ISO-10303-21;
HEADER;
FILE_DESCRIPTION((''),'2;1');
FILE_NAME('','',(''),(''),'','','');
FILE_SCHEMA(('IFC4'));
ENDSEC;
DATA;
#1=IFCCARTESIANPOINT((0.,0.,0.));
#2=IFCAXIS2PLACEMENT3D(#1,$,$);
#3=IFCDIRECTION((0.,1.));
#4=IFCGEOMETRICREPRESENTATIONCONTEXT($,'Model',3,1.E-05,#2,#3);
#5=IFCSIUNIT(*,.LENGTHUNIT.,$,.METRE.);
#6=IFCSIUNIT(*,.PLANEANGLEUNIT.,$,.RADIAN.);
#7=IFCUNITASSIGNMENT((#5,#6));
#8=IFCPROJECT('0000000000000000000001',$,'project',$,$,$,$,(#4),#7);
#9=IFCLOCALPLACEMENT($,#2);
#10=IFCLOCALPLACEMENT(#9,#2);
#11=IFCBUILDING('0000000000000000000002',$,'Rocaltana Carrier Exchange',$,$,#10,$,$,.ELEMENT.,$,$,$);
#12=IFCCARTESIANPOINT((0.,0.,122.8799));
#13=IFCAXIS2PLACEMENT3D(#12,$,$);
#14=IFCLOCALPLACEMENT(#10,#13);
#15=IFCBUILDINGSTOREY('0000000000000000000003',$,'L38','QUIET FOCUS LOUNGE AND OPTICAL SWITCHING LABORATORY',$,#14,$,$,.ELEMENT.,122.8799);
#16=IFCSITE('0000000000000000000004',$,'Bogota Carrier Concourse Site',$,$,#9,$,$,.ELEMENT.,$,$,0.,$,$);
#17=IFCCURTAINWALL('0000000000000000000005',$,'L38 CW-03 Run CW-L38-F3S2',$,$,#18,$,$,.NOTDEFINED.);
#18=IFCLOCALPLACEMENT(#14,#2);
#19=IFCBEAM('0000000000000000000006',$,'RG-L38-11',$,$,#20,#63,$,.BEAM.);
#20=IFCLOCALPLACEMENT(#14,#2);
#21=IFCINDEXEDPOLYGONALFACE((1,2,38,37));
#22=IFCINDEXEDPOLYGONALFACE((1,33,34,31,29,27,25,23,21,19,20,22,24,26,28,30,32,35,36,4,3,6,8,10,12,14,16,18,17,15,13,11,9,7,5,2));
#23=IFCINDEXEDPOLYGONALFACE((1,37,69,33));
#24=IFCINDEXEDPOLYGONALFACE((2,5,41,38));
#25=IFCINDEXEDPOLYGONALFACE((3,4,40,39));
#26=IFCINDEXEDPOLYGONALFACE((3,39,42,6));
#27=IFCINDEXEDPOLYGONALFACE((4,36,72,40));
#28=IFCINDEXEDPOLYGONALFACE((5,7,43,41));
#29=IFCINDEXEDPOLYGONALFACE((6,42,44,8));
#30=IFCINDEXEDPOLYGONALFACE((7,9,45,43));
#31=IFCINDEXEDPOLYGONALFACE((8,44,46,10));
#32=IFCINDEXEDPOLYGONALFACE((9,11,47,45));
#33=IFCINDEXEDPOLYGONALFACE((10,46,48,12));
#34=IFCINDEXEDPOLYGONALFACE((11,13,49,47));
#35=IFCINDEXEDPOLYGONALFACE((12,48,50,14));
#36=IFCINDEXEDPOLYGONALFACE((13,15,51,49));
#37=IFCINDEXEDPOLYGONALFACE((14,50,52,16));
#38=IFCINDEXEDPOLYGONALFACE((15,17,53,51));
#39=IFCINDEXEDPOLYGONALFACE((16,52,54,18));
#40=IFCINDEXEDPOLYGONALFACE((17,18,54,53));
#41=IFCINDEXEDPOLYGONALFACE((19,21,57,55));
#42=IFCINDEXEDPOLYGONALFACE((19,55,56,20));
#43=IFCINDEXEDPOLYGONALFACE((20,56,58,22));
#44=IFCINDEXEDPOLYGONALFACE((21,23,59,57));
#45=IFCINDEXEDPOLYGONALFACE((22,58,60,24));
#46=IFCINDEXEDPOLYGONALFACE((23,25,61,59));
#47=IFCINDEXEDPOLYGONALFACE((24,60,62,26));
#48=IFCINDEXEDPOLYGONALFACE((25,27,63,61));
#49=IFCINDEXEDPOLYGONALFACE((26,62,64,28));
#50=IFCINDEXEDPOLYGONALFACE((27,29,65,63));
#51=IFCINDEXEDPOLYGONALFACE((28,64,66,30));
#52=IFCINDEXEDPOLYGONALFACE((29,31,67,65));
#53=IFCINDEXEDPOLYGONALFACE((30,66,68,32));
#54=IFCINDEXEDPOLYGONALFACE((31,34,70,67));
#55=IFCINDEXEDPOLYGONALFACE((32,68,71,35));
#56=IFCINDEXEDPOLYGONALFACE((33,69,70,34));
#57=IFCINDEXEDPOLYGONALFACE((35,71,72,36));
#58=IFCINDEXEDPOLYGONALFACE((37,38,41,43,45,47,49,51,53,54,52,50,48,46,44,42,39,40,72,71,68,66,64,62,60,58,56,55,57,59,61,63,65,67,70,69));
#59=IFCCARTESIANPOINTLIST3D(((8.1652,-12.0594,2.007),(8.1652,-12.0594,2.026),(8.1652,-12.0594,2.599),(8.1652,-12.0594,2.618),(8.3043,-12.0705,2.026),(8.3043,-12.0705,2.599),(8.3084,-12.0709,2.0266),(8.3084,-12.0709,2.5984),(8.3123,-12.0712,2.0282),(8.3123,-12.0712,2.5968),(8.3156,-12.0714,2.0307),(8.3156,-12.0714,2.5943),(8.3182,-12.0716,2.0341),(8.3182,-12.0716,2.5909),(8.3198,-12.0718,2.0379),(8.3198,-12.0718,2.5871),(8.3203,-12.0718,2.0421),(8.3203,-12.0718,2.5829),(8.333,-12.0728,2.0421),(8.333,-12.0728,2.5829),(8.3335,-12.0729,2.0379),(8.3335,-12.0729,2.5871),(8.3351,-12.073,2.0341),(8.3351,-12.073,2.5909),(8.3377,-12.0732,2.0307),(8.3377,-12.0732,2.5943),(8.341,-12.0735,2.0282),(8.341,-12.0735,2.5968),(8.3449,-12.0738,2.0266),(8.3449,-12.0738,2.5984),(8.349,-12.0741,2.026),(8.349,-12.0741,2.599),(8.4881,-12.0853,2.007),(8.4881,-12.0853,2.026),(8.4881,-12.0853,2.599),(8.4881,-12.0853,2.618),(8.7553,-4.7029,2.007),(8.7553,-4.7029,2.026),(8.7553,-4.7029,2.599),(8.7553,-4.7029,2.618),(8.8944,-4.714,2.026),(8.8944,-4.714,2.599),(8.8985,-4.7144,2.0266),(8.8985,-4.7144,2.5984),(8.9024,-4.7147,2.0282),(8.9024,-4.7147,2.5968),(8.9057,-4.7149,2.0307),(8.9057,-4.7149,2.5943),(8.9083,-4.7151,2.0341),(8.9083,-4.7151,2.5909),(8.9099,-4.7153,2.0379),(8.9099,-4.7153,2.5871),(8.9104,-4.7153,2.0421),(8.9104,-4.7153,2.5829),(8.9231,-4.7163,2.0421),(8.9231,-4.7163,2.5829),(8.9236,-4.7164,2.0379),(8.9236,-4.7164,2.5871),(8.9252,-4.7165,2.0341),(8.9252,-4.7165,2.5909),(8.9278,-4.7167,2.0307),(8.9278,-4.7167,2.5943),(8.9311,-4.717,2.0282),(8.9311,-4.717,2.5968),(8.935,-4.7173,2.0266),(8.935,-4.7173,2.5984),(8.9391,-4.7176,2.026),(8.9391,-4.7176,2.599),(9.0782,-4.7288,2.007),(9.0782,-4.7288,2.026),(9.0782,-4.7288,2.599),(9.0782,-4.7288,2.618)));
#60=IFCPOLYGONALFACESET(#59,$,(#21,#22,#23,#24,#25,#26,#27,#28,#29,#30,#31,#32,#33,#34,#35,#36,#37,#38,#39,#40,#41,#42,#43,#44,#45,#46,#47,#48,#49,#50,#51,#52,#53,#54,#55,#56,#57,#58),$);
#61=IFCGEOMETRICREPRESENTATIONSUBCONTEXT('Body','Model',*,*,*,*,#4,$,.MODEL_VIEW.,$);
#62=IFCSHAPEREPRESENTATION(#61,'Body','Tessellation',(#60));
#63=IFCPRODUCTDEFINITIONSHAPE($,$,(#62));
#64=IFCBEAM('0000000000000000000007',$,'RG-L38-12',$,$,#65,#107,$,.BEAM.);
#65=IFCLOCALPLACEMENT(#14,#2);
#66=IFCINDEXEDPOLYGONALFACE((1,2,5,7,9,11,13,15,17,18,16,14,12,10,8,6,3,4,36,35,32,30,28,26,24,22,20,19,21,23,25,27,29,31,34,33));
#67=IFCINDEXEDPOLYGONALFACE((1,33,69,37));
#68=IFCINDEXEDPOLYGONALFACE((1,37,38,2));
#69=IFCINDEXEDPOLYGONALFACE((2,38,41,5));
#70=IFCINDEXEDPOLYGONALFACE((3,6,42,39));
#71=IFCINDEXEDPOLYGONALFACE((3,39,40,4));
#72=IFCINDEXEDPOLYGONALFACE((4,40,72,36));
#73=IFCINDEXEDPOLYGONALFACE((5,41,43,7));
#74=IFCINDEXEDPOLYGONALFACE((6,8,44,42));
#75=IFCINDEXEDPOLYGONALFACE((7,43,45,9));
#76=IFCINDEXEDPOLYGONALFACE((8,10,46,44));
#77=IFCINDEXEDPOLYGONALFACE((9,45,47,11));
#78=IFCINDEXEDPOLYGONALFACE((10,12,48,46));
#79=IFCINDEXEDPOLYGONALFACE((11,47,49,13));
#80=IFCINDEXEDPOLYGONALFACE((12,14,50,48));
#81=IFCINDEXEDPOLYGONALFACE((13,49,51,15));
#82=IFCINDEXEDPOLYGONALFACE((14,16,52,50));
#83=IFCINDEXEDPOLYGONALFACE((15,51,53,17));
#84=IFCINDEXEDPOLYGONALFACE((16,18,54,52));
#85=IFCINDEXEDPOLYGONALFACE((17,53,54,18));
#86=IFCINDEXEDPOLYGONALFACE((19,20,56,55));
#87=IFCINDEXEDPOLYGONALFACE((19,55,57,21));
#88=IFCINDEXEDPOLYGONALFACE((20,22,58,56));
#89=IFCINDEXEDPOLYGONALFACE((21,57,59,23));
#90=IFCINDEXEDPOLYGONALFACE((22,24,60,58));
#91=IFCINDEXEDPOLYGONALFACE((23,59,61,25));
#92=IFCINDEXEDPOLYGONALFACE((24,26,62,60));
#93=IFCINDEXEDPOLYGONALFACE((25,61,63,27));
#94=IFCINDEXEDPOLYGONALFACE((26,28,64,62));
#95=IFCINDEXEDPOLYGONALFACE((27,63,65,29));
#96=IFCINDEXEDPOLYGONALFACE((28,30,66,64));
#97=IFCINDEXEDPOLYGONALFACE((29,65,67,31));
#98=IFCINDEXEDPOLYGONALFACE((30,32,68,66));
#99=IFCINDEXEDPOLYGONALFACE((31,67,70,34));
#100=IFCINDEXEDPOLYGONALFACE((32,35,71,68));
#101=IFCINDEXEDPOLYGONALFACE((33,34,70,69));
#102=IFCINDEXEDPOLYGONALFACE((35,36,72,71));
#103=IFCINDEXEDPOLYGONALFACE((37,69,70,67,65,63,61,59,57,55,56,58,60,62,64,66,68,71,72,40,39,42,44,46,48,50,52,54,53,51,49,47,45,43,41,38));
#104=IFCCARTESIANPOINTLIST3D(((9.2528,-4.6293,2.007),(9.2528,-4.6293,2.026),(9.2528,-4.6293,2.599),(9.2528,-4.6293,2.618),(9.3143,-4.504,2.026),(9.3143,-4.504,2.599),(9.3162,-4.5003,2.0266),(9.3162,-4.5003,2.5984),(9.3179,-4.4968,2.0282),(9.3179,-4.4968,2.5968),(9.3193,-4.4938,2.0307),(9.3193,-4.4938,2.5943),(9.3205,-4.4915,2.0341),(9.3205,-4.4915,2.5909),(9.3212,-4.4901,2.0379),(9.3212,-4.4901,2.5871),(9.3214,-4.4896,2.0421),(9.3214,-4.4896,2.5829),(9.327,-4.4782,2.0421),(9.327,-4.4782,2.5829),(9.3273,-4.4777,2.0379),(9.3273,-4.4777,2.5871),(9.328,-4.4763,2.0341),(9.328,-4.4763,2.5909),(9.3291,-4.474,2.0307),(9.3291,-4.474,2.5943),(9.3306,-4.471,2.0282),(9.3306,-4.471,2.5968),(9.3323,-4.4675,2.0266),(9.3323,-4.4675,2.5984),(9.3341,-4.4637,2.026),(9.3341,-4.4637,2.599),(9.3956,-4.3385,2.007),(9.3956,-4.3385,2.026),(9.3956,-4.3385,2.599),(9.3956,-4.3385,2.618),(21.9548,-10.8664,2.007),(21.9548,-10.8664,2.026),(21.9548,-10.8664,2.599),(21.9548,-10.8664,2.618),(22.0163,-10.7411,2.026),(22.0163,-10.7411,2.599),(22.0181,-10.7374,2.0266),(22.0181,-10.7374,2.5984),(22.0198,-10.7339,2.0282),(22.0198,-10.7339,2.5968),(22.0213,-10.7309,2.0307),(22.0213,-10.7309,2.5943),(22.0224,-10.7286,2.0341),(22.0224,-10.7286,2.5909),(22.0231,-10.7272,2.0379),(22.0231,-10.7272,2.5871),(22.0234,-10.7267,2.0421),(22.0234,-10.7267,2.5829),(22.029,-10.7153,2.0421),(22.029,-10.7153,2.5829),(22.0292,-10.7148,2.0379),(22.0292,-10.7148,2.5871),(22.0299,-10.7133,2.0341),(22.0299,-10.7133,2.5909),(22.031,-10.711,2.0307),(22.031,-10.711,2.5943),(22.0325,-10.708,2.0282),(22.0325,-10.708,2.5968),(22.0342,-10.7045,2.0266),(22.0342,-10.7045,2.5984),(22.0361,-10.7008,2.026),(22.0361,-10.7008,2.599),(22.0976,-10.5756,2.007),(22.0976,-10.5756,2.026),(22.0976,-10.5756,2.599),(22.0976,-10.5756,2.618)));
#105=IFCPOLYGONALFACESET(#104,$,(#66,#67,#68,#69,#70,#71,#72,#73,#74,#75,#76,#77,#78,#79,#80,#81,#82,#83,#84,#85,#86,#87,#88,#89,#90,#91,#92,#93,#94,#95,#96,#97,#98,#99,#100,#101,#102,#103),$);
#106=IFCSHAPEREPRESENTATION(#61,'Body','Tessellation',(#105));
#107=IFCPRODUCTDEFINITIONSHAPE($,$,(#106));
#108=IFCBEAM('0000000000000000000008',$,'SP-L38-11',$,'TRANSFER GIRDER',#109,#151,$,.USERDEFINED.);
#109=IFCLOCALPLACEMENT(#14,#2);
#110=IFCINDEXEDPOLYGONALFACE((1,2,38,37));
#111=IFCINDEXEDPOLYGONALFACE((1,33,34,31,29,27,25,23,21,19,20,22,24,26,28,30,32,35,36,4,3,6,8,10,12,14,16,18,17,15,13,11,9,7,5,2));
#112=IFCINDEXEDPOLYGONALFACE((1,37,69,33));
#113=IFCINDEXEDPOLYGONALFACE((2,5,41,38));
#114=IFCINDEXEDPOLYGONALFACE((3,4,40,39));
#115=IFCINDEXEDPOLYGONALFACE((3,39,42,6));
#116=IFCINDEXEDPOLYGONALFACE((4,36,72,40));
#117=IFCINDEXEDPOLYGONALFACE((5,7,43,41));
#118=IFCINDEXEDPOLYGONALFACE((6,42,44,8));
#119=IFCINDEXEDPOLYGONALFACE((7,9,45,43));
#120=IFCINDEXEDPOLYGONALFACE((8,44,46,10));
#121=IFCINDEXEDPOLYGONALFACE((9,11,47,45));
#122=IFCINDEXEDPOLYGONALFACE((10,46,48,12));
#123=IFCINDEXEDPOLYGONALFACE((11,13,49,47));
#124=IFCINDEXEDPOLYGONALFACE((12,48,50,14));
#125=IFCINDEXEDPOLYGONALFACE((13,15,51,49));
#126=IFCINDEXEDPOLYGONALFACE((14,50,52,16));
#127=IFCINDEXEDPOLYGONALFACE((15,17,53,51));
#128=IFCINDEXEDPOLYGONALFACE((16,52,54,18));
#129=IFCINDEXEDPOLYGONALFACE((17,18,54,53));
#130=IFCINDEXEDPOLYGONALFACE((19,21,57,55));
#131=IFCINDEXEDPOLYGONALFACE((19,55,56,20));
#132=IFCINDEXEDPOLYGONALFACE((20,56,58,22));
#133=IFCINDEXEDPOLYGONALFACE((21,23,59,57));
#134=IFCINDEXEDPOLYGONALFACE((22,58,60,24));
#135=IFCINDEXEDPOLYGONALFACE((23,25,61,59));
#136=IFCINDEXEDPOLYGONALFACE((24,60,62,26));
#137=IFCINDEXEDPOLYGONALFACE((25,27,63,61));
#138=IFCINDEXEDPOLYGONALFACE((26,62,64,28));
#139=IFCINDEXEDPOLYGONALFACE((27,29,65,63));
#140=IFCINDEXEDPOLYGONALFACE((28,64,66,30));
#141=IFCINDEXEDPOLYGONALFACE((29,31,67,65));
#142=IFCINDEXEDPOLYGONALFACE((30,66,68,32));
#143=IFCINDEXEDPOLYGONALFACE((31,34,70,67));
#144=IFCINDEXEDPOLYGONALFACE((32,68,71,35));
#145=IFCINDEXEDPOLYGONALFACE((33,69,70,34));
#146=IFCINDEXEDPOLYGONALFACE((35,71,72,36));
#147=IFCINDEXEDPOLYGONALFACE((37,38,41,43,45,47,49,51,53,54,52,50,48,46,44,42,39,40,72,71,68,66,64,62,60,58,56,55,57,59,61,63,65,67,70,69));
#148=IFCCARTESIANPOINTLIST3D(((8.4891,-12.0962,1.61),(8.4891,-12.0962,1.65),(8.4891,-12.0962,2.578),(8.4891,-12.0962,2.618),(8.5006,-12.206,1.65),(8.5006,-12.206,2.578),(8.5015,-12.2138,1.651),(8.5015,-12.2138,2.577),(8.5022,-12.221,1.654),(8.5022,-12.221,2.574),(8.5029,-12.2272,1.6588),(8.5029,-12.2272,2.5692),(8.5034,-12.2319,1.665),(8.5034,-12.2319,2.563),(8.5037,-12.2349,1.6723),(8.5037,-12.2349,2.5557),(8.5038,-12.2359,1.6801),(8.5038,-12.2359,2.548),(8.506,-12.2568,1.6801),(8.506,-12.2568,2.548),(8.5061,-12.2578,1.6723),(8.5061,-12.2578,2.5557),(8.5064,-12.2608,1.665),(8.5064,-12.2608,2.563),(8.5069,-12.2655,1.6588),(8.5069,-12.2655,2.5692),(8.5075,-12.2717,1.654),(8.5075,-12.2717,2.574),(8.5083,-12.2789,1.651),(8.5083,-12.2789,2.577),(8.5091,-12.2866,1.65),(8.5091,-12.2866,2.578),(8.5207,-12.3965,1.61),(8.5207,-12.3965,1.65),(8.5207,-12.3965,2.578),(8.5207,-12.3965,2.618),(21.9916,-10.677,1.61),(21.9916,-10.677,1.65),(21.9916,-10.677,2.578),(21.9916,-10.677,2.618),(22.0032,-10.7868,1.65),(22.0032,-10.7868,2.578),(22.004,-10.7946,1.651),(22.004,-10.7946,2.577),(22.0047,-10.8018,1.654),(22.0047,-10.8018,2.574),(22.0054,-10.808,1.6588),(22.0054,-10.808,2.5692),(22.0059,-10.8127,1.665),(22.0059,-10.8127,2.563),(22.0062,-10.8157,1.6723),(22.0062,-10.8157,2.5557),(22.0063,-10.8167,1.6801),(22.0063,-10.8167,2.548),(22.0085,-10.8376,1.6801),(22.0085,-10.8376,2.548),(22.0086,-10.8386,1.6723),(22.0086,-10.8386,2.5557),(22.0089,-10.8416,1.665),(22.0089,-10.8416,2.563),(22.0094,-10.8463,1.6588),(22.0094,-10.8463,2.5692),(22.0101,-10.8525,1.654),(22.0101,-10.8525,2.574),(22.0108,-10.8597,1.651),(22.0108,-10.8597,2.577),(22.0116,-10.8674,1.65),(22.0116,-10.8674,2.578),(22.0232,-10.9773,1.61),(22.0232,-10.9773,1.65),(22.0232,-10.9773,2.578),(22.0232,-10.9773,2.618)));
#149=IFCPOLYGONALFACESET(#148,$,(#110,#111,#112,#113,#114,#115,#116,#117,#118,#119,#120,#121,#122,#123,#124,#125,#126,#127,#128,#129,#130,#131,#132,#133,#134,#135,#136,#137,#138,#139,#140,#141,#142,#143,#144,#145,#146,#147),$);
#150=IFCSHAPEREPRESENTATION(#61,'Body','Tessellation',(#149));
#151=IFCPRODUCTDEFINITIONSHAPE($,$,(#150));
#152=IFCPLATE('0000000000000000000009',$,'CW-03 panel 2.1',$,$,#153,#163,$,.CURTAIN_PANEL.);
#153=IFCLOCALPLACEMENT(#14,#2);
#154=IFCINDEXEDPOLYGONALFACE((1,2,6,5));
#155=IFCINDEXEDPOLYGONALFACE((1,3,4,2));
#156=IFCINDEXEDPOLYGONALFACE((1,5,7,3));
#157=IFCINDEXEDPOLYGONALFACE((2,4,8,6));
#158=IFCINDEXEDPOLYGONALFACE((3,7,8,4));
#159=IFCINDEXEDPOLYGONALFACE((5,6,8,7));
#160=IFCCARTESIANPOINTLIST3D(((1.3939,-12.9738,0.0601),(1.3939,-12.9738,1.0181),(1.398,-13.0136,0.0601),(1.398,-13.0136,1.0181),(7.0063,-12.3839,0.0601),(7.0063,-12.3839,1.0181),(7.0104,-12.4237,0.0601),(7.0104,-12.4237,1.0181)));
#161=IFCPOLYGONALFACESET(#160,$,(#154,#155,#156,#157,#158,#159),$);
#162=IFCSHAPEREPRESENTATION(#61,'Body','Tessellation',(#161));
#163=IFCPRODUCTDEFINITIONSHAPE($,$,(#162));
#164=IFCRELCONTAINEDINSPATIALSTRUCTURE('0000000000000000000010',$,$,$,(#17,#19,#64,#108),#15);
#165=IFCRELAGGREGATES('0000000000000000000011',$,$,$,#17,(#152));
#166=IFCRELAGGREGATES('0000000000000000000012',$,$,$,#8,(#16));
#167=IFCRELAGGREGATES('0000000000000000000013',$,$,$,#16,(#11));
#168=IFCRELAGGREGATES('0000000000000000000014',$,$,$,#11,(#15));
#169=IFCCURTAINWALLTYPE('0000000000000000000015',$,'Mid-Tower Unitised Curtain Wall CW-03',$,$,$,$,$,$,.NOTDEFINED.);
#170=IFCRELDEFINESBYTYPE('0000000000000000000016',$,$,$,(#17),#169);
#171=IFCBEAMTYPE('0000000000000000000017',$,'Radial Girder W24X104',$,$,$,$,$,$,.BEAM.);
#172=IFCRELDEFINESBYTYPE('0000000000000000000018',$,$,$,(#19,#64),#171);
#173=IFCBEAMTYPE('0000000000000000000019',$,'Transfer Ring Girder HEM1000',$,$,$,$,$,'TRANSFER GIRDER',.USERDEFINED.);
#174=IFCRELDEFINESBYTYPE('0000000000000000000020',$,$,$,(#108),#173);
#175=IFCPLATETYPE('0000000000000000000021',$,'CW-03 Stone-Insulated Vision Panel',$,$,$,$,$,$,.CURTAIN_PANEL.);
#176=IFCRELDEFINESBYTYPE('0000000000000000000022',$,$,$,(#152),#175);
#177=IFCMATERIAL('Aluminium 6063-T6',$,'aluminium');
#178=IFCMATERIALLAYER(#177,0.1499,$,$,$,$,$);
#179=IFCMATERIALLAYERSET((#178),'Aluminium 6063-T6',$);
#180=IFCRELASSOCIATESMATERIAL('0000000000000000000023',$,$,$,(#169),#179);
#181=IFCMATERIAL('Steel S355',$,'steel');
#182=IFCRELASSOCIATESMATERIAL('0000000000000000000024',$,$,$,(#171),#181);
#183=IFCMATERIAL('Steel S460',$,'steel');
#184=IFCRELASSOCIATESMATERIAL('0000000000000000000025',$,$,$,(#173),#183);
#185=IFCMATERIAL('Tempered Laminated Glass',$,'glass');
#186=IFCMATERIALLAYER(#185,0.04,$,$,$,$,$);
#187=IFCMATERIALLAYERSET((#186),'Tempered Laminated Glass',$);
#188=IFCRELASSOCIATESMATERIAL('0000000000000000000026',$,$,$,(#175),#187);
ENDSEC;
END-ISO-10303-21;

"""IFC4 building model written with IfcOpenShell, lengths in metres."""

from ifc_helpers import new_model, si_unit, direction, frame, origin, origin_2d, place, context, subcontext, project, spatial, rectangle, i_section, extrude, material, layer, layer_set, material_profile, profile_set, type_object, element, aggregate, save


model = new_model("IFC4")

# Units and contexts
model_context = context("Model", 3, precision=1e-05, world=origin(), true_north=direction((0.0, 1.0)))
body_context = subcontext(model_context, "Body", "Model", "MODEL_VIEW")
ifc_project = project(units=[si_unit("LENGTHUNIT", "METRE"), si_unit("PLANEANGLEUNIT", "RADIAN")], contexts=[model_context])

# Site, building, storey
site_placement = place(None, origin())
site = spatial("IfcSite", under=ifc_project, at=site_placement, Name="Bogota Carrier Concourse Site", CompositionType="ELEMENT", RefElevation=0.0)
building_placement = place(site_placement, origin())
building = spatial("IfcBuilding", under=site, at=building_placement, Name="Rocaltana Carrier Exchange", CompositionType="ELEMENT")
storey_placement = place(building_placement, frame((0.0, 0.0, 122.8799)))
storey = spatial("IfcBuildingStorey", under=building, at=storey_placement, Name="L38", Description="QUIET FOCUS LOUNGE AND OPTICAL SWITCHING LABORATORY", CompositionType="ELEMENT", Elevation=122.8799)

# Curtain wall
ifc_material_1 = material(Name="Aluminium 6063-T6", Category="aluminium")
ifc_layer_1 = layer(ifc_material_1, 0.1499)
ifc_layer_set_1 = layer_set([ifc_layer_1], Name="Aluminium 6063-T6")
curtain_wall_type = type_object("IfcCurtainWallType", Name="Mid-Tower Unitised Curtain Wall CW-03", PredefinedType="NOTDEFINED", material=ifc_layer_set_1)
curtain_wall_placement = place(storey_placement, origin())
curtain_wall = element("IfcCurtainWall", 1, at=curtain_wall_placement, inside=storey, type_object=curtain_wall_type, Name="L38 CW-03 Run CW-L38-F3S2", PredefinedType="NOTDEFINED")

# Beams
ifc_material_2 = material(Name="Steel S355", Category="steel")
ifc_material_profile_1 = material_profile(ifc_material_2, i_section(OverallWidth=0.324, OverallDepth=0.6111, WebThickness=0.0127, FlangeThickness=0.019, FilletRadius=0.0161, at=origin_2d()), Name="W24X104")
ifc_profile_set_1 = profile_set([ifc_material_profile_1], Name="Steel S355")
beam_type_1 = type_object("IfcBeamType", Name="Radial Girder W24X104", PredefinedType="BEAM", material=ifc_profile_set_1)
beam_1_placement = place(storey_placement, frame((8.9167, -4.7158, 2.3125), z_axis=(-0.079957, -0.996798, 0.0), x_axis=(0.996798, -0.079957, 0.0)))
element("IfcBeam", 2, at=beam_1_placement, inside=storey, type_object=beam_type_1, Name="RG-L38-11", PredefinedType="BEAM", context=body_context, shape_type="SweptSolid", body=[
    extrude(i_section(OverallWidth=0.324, OverallDepth=0.6111, WebThickness=0.0127, FlangeThickness=0.019, FilletRadius=0.0161, at=origin_2d()), origin(), (0.0, 0.0, 1.0), 7.3801),
])
beam_2_placement = place(storey_placement, frame((9.3242, -4.4839, 2.3125), z_axis=(0.897623, -0.440763, 0.0), x_axis=(0.440763, 0.897623, 0.0)))
element("IfcBeam", 3, at=beam_2_placement, inside=storey, type_object=beam_type_1, Name="RG-L38-12", PredefinedType="BEAM", context=body_context, shape_type="SweptSolid", body=[
    extrude(i_section(OverallWidth=0.324, OverallDepth=0.6111, WebThickness=0.0127, FlangeThickness=0.019, FilletRadius=0.0161, at=origin_2d()), origin(), (0.0, 0.0, 1.0), 14.1506),
])
ifc_material_3 = material(Name="Steel S460", Category="steel")
ifc_material_profile_2 = material_profile(ifc_material_3, i_section(OverallWidth=0.302, OverallDepth=1.0081, WebThickness=0.021, FlangeThickness=0.04, FilletRadius=0.03, at=origin_2d()), Name="HEM1000")
ifc_profile_set_2 = profile_set([ifc_material_profile_2], Name="Steel S460")
beam_type_2 = type_object("IfcBeamType", Name="Transfer Ring Girder HEM1000", ElementType="TRANSFER GIRDER", PredefinedType="USERDEFINED", material=ifc_profile_set_2)
beam_3_placement = place(storey_placement, frame((8.5049, -12.2463, 2.114), z_axis=(0.994522, 0.10453, 0.0), x_axis=(-0.10453, 0.994522, 0.0)))
element("IfcBeam", 4, at=beam_3_placement, inside=storey, type_object=beam_type_2, Name="SP-L38-11", ObjectType="TRANSFER GIRDER", PredefinedType="USERDEFINED", context=body_context, shape_type="SweptSolid", body=[
    extrude(i_section(OverallWidth=0.302, OverallDepth=1.0081, WebThickness=0.021, FlangeThickness=0.04, FilletRadius=0.03, at=origin_2d()), origin(), (0.0, 0.0, 1.0), 13.5769),
])

# Plate
ifc_material_4 = material(Name="Tempered Laminated Glass", Category="glass")
ifc_layer_2 = layer(ifc_material_4, 0.04)
ifc_layer_set_2 = layer_set([ifc_layer_2], Name="Tempered Laminated Glass")
plate_type = type_object("IfcPlateType", Name="CW-03 Stone-Insulated Vision Panel", PredefinedType="CURTAIN_PANEL", material=ifc_layer_set_2)
plate_placement = place(storey_placement, frame((4.2021, -12.6987, 0.0601), z_axis=(0.0, 0.0, 1.0), x_axis=(0.994522, 0.10453, 0.0)))
plate = element("IfcPlate", 5, at=plate_placement, type_object=plate_type, Name="CW-03 panel 2.1", PredefinedType="CURTAIN_PANEL", context=body_context, shape_type="SweptSolid", body=[
    extrude(rectangle(XDim=5.6433, YDim=0.04, at=origin_2d()), origin(), (0.0, 0.0, 1.0), 0.958),
])
aggregate(curtain_wall, [plate])

save(model, "model.ifc")
